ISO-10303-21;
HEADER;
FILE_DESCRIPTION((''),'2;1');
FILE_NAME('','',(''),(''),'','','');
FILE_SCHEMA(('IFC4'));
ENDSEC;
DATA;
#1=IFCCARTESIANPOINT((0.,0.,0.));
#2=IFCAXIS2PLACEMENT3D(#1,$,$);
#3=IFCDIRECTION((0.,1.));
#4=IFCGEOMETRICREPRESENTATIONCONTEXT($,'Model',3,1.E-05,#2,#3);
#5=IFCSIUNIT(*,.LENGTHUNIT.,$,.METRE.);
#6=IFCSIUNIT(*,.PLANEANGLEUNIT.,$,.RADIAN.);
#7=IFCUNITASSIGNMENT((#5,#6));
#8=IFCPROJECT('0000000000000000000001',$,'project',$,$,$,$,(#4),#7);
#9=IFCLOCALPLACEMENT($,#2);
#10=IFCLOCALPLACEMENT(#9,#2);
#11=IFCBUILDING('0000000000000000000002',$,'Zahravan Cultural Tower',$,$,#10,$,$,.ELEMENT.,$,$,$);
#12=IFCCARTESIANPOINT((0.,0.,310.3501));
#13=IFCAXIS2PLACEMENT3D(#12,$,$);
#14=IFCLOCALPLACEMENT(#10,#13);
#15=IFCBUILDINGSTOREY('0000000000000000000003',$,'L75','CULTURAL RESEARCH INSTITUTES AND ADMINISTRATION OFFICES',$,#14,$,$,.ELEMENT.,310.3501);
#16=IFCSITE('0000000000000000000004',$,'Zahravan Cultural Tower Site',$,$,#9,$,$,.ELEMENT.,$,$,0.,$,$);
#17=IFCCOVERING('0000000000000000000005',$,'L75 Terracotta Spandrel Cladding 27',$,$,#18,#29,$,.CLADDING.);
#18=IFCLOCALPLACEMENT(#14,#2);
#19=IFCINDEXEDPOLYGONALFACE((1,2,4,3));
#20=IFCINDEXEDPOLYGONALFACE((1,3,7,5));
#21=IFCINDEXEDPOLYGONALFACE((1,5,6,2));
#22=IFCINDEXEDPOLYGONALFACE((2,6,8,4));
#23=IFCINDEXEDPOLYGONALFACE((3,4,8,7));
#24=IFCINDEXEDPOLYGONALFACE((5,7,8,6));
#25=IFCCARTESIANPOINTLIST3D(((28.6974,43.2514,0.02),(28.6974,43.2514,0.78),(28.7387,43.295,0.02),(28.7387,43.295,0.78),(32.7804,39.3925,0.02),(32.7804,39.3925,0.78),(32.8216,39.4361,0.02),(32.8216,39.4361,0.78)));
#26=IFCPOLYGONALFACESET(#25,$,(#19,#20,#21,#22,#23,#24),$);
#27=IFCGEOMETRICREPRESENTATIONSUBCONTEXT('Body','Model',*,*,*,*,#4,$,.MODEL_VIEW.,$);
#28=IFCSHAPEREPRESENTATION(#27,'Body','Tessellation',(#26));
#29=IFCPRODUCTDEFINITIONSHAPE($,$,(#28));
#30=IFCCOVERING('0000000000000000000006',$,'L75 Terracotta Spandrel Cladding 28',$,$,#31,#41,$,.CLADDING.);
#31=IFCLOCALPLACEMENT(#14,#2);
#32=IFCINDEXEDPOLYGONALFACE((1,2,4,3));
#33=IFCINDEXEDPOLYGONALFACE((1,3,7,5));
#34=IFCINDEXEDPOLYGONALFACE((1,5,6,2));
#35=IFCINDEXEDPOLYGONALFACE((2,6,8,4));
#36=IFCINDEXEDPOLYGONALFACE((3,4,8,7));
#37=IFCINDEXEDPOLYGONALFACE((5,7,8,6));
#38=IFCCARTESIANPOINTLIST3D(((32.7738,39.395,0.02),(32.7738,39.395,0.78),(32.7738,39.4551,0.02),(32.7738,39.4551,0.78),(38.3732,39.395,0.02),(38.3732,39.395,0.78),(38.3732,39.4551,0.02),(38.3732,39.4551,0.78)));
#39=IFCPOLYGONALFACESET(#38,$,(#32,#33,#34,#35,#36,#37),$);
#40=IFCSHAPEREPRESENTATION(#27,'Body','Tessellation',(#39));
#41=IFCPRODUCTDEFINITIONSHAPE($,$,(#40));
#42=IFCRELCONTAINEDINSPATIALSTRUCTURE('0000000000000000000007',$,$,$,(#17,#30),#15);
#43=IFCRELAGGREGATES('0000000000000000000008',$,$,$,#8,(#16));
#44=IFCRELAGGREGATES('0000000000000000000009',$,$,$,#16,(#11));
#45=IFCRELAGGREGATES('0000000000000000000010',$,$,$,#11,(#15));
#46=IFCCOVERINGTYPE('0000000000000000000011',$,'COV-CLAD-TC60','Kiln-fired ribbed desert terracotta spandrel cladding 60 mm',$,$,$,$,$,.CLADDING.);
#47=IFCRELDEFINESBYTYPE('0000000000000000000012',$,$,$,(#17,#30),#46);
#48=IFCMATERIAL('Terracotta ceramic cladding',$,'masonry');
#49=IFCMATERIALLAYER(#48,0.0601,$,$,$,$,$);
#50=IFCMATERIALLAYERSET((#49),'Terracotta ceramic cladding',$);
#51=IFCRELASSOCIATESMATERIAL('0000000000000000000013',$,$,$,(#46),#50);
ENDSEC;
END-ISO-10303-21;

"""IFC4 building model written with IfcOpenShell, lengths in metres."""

from ifc_helpers import new_model, si_unit, direction, frame, origin, origin_2d, place, context, subcontext, project, spatial, rectangle, extrude, source, transform, mapped, material, layer, layer_set, type_object, element, save


model = new_model("IFC4")

# Units and contexts
model_context = context("Model", 3, precision=1e-05, world=origin(), true_north=direction((0.0, 1.0)))
body_context = subcontext(model_context, "Body", "Model", "MODEL_VIEW")
ifc_project = project(units=[si_unit("LENGTHUNIT", "METRE"), si_unit("PLANEANGLEUNIT", "RADIAN")], contexts=[model_context])

# Site, building, storey
site_placement = place(None, origin())
site = spatial("IfcSite", under=ifc_project, at=site_placement, Name="Zahravan Cultural Tower Site", CompositionType="ELEMENT", RefElevation=0.0)
building_placement = place(site_placement, origin())
building = spatial("IfcBuilding", under=site, at=building_placement, Name="Zahravan Cultural Tower", CompositionType="ELEMENT")
storey_placement = place(building_placement, frame((0.0, 0.0, 310.3501)))
storey = spatial("IfcBuildingStorey", under=building, at=storey_placement, Name="L75", Description="CULTURAL RESEARCH INSTITUTES AND ADMINISTRATION OFFICES", CompositionType="ELEMENT", Elevation=310.3501)

# Coverings
ifc_material_1 = material(Name="Terracotta ceramic cladding", Category="masonry")
ifc_layer_1 = layer(ifc_material_1, 0.0601)
ifc_layer_set_1 = layer_set([ifc_layer_1], Name="Terracotta ceramic cladding")
covering_type = type_object("IfcCoveringType", Name="COV-CLAD-TC60", Description="Kiln-fired ribbed desert terracotta spandrel cladding 60 mm", PredefinedType="CLADDING", material=ifc_layer_set_1)
shared_shape_1 = source(origin(), body_context, "Body", "SweptSolid", [
    extrude(rectangle(XDim=5.6179, YDim=0.0601, at=origin_2d()), origin(), (0.0, 0.0, 1.0), 0.76),
])
covering_1_placement = place(storey_placement, frame((30.7595, 41.3438, 0.02), z_axis=(0.0, 0.0, 1.0), x_axis=(0.726767, -0.686885, 0.0)))
element("IfcCovering", 1, at=covering_1_placement, inside=storey, type_object=covering_type, Name="L75 Terracotta Spandrel Cladding 27", PredefinedType="CLADDING", context=body_context, shape_type="MappedRepresentation", body=[
    mapped(shared_shape_1, transform((0.0, 0.0, 0.0), x_axis=(1.0, 0.0, 0.0), y_axis=(0.0, 1.0, 0.0), z_axis=(0.0, 0.0, 1.0), scale=1.0)),
])
shared_shape_2 = source(origin(), body_context, "Body", "SweptSolid", [
    extrude(rectangle(XDim=5.5994, YDim=0.0601, at=origin_2d()), origin(), (0.0, 0.0, 1.0), 0.76),
])
covering_2_placement = place(storey_placement, frame((35.5735, 39.425, 0.02), z_axis=(0.0, 0.0, 1.0), x_axis=(1.0, 0.0, 0.0)))
element("IfcCovering", 2, at=covering_2_placement, inside=storey, type_object=covering_type, Name="L75 Terracotta Spandrel Cladding 28", PredefinedType="CLADDING", context=body_context, shape_type="MappedRepresentation", body=[
    mapped(shared_shape_2, transform((0.0, 0.0, 0.0), x_axis=(1.0, 0.0, 0.0), y_axis=(0.0, 1.0, 0.0), z_axis=(0.0, 0.0, 1.0), scale=1.0)),
])

save(model, "model.ifc")
